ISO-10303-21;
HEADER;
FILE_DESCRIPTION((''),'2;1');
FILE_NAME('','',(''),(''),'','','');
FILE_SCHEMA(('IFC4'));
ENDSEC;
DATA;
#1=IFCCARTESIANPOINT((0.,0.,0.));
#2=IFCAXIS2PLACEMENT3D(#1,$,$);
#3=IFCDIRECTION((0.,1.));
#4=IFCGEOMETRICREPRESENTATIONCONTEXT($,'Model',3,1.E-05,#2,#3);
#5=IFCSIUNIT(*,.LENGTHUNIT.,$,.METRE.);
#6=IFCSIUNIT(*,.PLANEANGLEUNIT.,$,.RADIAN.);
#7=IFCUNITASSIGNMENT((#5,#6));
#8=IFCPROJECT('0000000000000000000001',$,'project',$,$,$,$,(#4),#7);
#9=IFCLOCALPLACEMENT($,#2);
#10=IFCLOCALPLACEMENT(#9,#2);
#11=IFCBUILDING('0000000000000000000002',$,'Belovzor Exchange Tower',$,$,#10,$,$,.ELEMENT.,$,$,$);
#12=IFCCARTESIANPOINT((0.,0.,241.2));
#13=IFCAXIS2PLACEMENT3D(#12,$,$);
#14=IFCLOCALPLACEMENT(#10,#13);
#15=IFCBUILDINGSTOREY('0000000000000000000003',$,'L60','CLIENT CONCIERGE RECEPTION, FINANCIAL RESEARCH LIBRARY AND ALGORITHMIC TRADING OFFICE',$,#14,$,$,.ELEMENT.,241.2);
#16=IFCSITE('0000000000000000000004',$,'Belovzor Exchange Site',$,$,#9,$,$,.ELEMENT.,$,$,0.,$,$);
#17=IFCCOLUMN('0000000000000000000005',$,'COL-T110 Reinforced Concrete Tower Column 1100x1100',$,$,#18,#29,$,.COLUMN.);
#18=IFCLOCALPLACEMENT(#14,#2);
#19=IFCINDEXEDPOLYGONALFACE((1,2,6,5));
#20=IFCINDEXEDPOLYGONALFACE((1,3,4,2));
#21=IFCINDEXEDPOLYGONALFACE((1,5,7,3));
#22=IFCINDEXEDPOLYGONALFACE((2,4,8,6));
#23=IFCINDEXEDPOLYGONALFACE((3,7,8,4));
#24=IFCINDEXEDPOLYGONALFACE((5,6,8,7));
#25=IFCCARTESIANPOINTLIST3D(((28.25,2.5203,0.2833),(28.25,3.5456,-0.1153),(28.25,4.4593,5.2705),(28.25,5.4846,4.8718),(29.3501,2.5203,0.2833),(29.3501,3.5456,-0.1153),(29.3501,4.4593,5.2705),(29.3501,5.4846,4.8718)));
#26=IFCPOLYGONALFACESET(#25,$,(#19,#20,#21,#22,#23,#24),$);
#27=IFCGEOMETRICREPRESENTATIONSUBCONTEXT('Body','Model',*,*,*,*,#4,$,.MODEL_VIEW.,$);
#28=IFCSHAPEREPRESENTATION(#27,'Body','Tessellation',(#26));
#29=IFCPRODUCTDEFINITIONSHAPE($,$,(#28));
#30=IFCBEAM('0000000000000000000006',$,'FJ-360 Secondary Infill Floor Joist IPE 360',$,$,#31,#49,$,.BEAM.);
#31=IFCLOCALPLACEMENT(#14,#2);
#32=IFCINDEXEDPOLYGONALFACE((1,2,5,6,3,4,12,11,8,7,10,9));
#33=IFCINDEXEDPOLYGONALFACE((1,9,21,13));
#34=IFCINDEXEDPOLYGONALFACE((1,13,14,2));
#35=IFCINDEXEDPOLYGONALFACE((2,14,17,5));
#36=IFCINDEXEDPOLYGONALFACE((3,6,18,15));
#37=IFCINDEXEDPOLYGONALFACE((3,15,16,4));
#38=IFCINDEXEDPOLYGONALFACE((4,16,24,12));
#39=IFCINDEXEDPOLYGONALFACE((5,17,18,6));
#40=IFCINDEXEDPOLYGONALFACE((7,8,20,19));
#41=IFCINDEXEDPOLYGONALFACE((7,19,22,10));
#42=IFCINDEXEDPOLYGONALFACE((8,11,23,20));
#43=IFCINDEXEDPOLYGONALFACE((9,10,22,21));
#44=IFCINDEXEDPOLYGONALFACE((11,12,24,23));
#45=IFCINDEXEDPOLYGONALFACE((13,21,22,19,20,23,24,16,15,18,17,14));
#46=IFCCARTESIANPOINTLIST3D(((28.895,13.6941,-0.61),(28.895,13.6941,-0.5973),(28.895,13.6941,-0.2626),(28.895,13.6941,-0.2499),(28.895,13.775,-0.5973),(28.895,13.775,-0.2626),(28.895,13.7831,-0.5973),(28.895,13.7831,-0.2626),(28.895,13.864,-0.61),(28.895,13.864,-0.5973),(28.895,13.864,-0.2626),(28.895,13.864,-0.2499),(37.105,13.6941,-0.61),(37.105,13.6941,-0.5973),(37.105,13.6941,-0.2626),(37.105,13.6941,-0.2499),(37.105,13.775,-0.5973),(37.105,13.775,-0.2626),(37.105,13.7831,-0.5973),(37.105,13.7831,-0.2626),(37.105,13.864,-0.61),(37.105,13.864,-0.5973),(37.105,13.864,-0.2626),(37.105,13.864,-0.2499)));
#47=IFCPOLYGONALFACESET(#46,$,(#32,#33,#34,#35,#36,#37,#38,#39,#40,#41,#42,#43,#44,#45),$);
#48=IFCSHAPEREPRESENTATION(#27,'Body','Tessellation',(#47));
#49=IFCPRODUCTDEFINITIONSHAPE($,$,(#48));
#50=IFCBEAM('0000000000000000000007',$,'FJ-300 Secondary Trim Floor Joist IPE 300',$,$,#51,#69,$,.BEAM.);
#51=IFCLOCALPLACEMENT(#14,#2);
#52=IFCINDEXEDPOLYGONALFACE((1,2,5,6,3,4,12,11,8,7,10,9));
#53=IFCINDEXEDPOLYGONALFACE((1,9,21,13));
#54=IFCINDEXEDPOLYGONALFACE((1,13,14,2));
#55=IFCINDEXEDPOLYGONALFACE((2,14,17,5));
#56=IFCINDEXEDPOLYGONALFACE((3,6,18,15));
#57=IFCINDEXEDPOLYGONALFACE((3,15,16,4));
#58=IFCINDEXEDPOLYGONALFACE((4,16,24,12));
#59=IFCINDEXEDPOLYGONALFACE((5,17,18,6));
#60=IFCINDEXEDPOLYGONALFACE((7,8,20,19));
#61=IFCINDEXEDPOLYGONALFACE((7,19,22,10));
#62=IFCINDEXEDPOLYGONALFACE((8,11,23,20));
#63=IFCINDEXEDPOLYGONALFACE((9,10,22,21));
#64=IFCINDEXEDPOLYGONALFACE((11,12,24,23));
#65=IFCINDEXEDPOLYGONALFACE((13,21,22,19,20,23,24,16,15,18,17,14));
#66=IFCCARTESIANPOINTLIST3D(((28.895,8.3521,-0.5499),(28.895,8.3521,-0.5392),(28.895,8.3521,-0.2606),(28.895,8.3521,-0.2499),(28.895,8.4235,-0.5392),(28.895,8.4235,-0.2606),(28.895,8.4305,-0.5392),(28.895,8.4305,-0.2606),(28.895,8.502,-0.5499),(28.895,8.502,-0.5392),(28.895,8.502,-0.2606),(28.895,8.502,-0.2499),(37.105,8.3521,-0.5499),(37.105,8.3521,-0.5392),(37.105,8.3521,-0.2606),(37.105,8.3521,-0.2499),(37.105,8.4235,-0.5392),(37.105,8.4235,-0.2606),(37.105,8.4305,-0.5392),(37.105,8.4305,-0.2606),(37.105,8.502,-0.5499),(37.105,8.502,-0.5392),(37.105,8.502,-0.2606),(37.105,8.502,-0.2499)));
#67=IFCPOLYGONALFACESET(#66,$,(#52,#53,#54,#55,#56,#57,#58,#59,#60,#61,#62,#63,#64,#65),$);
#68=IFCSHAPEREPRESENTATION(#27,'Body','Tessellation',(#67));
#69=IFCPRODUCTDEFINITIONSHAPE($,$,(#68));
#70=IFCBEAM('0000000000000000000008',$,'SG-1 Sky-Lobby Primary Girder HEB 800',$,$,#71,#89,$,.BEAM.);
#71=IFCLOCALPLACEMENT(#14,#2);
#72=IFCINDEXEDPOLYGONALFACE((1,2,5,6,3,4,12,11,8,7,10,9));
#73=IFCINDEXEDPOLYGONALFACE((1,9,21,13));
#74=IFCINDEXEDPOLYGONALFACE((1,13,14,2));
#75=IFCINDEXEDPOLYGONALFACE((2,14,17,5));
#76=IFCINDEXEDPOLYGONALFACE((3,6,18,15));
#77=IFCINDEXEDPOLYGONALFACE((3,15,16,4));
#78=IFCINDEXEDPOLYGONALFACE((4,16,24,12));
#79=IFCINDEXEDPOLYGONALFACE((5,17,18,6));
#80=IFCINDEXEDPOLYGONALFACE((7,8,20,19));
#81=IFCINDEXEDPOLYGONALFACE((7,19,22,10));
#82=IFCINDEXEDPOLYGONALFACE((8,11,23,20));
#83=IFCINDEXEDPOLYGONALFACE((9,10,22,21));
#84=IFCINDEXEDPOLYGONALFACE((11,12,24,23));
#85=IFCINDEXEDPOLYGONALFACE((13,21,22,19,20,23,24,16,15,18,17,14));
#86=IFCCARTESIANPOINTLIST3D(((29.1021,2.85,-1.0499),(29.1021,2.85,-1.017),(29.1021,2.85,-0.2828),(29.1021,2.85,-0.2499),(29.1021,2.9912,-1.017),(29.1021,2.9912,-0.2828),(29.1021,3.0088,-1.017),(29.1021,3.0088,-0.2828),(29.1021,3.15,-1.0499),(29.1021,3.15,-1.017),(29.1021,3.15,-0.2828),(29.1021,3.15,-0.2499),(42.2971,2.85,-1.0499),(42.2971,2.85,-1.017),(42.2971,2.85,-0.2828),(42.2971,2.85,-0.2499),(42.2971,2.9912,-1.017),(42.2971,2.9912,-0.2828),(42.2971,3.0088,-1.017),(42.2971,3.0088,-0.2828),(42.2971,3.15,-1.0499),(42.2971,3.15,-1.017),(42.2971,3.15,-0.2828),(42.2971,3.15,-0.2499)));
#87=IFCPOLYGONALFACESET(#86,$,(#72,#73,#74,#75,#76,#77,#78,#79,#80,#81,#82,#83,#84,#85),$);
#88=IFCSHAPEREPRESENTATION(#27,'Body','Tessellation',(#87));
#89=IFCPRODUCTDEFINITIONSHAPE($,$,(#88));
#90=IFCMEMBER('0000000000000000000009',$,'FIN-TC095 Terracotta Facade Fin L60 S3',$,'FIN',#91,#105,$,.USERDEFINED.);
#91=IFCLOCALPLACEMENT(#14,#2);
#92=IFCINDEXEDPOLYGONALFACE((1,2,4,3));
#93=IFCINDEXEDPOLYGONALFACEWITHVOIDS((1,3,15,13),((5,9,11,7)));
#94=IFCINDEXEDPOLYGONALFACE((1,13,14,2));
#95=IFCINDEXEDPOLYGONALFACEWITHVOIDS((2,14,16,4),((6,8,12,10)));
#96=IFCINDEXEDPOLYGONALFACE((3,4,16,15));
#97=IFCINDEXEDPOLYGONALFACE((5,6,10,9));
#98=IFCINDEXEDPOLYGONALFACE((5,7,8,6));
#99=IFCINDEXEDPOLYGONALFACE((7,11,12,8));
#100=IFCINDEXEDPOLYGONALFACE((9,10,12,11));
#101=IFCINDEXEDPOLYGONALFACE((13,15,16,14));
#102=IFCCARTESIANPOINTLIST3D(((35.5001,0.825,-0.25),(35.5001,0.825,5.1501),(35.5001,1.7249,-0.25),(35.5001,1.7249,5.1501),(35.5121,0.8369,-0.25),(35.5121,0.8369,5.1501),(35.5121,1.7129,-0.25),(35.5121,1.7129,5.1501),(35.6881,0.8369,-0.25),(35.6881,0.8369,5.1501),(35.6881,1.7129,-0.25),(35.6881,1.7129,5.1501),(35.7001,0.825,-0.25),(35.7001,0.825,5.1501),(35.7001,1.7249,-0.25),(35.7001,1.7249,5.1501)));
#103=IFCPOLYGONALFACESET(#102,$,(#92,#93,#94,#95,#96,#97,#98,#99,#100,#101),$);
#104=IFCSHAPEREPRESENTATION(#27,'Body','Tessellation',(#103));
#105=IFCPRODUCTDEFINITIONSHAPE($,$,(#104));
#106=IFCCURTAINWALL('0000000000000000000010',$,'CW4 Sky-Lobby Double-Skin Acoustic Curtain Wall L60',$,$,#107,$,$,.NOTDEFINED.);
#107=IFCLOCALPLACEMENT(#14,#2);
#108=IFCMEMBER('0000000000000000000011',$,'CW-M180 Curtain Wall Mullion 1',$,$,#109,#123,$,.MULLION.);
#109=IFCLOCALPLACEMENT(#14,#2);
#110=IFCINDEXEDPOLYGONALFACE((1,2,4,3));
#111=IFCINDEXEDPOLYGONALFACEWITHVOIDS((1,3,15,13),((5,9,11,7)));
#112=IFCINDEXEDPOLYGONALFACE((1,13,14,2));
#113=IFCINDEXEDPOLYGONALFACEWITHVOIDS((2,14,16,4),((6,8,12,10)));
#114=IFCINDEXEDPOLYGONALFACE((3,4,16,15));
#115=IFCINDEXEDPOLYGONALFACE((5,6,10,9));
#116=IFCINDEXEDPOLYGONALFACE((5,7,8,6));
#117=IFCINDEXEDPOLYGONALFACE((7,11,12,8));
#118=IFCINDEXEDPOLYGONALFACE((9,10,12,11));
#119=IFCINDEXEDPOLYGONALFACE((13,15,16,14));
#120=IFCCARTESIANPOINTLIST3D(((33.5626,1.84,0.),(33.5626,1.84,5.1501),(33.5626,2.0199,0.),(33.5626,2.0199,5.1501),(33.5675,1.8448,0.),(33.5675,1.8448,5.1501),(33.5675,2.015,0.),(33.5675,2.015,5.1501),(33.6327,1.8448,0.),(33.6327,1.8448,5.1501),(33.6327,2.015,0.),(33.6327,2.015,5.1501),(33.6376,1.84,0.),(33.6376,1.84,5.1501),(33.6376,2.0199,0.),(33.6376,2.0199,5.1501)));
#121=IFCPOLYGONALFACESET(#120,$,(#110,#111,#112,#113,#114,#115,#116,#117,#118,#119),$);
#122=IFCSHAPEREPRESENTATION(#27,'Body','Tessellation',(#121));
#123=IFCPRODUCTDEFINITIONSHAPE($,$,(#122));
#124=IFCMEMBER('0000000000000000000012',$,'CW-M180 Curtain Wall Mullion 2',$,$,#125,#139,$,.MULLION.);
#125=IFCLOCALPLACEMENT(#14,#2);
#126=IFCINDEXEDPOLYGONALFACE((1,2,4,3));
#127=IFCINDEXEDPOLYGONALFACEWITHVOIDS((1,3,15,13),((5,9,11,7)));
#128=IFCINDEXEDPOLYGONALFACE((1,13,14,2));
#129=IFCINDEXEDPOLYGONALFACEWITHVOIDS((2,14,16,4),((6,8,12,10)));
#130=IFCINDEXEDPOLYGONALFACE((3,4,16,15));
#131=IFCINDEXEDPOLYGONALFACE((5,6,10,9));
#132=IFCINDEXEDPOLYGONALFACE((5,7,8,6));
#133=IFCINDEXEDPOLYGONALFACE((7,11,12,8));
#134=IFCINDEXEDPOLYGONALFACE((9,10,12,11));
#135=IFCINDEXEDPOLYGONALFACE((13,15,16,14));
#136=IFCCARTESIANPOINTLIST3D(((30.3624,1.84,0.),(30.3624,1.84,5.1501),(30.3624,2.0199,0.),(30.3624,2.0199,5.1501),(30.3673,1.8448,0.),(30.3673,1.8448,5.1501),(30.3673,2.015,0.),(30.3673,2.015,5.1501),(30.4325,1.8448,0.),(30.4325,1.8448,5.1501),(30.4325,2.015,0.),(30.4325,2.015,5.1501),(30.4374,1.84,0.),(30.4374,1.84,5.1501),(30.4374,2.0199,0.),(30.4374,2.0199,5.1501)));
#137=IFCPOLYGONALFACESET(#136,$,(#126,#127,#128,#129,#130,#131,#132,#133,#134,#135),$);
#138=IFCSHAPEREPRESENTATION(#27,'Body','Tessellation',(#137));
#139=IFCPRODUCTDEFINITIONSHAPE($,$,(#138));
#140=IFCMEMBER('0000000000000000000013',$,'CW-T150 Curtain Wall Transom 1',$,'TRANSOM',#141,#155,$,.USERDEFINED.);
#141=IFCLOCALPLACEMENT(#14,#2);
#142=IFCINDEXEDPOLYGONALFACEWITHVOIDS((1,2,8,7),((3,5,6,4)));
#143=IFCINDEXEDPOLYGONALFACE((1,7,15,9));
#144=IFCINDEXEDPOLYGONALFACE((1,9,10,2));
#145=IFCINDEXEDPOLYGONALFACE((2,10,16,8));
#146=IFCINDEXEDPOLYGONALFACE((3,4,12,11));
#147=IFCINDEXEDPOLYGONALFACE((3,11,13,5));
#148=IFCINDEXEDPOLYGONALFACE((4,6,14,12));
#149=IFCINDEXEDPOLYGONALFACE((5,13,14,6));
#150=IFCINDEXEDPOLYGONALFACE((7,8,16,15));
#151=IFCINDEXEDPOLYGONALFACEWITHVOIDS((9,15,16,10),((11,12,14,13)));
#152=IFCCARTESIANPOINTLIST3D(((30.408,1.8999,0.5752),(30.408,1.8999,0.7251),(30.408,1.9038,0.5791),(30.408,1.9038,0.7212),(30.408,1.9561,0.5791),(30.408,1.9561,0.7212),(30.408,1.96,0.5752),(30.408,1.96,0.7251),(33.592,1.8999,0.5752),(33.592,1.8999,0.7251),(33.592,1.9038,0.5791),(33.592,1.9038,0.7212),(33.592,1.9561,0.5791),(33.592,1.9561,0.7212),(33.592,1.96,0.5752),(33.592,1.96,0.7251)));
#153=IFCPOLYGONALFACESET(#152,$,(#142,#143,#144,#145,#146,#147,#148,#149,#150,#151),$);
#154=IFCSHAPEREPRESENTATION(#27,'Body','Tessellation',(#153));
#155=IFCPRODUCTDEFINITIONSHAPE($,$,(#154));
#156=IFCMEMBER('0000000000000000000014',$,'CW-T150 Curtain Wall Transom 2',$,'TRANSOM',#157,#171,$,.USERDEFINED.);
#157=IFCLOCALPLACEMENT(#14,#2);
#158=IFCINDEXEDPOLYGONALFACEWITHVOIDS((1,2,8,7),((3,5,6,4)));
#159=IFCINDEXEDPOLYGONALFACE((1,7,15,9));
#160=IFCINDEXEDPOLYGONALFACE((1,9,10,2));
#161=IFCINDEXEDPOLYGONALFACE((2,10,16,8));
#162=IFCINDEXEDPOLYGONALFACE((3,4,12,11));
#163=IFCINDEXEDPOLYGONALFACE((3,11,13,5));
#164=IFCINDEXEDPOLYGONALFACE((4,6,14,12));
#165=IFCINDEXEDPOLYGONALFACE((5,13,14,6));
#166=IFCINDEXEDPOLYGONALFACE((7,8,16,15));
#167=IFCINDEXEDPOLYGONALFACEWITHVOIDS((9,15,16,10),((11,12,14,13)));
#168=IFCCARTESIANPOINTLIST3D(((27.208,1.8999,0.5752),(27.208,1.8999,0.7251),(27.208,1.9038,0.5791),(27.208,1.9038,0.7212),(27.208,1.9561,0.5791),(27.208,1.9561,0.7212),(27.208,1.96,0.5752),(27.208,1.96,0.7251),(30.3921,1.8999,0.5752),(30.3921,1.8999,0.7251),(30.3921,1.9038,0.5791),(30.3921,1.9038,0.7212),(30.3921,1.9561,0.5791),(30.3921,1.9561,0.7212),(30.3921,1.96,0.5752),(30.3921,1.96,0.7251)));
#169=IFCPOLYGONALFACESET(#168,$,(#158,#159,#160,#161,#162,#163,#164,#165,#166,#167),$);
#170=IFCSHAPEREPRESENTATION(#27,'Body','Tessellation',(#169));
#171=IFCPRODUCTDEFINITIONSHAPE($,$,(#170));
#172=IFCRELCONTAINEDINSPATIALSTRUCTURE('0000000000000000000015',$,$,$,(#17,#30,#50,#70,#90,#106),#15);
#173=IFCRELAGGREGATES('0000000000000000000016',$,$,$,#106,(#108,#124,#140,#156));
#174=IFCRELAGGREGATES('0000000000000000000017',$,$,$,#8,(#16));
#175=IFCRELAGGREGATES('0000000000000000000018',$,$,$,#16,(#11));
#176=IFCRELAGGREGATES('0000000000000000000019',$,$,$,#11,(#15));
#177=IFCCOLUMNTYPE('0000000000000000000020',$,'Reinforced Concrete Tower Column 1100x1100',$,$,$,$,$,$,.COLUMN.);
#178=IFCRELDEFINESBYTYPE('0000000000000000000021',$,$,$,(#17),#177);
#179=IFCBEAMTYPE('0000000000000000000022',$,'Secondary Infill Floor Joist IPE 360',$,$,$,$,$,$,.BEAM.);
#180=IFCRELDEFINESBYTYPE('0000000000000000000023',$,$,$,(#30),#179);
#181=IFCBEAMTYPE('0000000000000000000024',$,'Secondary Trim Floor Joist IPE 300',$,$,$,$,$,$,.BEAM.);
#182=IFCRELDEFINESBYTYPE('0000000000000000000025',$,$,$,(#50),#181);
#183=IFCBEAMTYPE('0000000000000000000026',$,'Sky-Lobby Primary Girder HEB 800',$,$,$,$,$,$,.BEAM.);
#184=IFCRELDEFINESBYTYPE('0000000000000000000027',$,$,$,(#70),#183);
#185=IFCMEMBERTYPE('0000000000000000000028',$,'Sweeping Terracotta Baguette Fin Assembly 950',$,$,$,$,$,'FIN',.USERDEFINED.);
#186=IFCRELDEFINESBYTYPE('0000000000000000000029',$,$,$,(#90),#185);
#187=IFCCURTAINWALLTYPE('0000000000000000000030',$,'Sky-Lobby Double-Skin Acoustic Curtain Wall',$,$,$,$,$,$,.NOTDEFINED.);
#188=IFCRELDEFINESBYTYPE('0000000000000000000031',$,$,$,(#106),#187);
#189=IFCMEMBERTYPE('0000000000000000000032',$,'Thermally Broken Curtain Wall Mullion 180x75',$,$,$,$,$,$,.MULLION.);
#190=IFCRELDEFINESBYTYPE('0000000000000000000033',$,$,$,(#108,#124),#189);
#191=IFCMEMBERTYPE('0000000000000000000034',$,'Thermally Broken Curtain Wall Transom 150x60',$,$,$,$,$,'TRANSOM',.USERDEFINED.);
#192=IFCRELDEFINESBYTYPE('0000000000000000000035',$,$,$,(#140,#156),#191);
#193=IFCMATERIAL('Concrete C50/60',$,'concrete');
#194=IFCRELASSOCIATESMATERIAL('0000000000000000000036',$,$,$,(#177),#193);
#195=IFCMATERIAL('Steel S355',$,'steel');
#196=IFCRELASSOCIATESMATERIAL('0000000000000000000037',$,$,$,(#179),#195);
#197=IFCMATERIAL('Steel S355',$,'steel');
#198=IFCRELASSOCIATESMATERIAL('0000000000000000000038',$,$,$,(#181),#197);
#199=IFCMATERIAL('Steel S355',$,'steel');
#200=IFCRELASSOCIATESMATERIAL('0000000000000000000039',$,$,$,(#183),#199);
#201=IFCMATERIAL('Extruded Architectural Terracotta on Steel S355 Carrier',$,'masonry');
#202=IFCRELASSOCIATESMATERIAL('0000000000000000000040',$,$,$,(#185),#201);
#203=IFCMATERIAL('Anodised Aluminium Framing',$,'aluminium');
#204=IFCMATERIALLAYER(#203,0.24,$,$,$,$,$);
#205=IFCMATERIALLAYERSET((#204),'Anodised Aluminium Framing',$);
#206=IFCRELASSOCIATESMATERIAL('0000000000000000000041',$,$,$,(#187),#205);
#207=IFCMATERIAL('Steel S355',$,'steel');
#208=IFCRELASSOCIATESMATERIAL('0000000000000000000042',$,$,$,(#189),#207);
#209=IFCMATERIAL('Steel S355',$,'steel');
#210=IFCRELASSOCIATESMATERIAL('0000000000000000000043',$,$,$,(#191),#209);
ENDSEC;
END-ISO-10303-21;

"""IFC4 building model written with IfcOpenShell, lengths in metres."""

from ifc_helpers import new_model, si_unit, direction, frame, origin, origin_2d, place, context, subcontext, project, spatial, rectangle, hollow_rectangle, i_section, extrude, material, layer, layer_set, material_profile, profile_set, type_object, element, aggregate, save


model = new_model("IFC4")

# Units and contexts
model_context = context("Model", 3, precision=1e-05, world=origin(), true_north=direction((0.0, 1.0)))
body_context = subcontext(model_context, "Body", "Model", "MODEL_VIEW")
ifc_project = project(units=[si_unit("LENGTHUNIT", "METRE"), si_unit("PLANEANGLEUNIT", "RADIAN")], contexts=[model_context])

# Site, building, storey
site_placement = place(None, origin())
site = spatial("IfcSite", under=ifc_project, at=site_placement, Name="Belovzor Exchange Site", CompositionType="ELEMENT", RefElevation=0.0)
building_placement = place(site_placement, origin())
building = spatial("IfcBuilding", under=site, at=building_placement, Name="Belovzor Exchange Tower", CompositionType="ELEMENT")
storey_placement = place(building_placement, frame((0.0, 0.0, 241.2)))
storey = spatial("IfcBuildingStorey", under=building, at=storey_placement, Name="L60", Description="CLIENT CONCIERGE RECEPTION, FINANCIAL RESEARCH LIBRARY AND ALGORITHMIC TRADING OFFICE", CompositionType="ELEMENT", Elevation=241.2)

# Column
ifc_material_1 = material(Name="Concrete C50/60", Category="concrete")
ifc_material_profile_1 = material_profile(ifc_material_1, rectangle(XDim=1.1001, YDim=1.1001, at=origin_2d()))
ifc_profile_set_1 = profile_set([ifc_material_profile_1], Name="Concrete C50/60")
column_type = type_object("IfcColumnType", Name="Reinforced Concrete Tower Column 1100x1100", PredefinedType="COLUMN", material=ifc_profile_set_1)
column_placement = place(storey_placement, frame((28.8, 3.033, 0.084), z_axis=(0.0, 0.362374, 0.932033), x_axis=(-1.0, 0.0, 0.0)))
element("IfcColumn", 1, at=column_placement, inside=storey, type_object=column_type, Name="COL-T110 Reinforced Concrete Tower Column 1100x1100", PredefinedType="COLUMN", context=body_context, shape_type="SweptSolid", body=[
    extrude(rectangle(XDim=1.1001, YDim=1.1001, at=origin_2d()), origin(), (0.0, 0.0, 1.0), 5.3508),
])

# Beams
ifc_material_2 = material(Name="Steel S355", Category="steel")
ifc_material_profile_2 = material_profile(ifc_material_2, i_section(OverallWidth=0.1699, OverallDepth=0.3601, WebThickness=0.0081, FlangeThickness=0.0127, at=origin_2d()))
ifc_profile_set_2 = profile_set([ifc_material_profile_2], Name="Steel S355")
beam_type_1 = type_object("IfcBeamType", Name="Secondary Infill Floor Joist IPE 360", PredefinedType="BEAM", material=ifc_profile_set_2)
beam_1_placement = place(storey_placement, frame((28.895, 13.7791, -0.4299), z_axis=(1.0, 0.0, 0.0), x_axis=(0.0, 1.0, 0.0)))
element("IfcBeam", 2, at=beam_1_placement, inside=storey, type_object=beam_type_1, Name="FJ-360 Secondary Infill Floor Joist IPE 360", PredefinedType="BEAM", context=body_context, shape_type="SweptSolid", body=[
    extrude(i_section(OverallWidth=0.1699, OverallDepth=0.3601, WebThickness=0.0081, FlangeThickness=0.0127, at=origin_2d()), origin(), (0.0, 0.0, 1.0), 8.21),
])
ifc_material_3 = material(Name="Steel S355", Category="steel")
ifc_material_profile_3 = material_profile(ifc_material_3, i_section(OverallWidth=0.1499, OverallDepth=0.3, WebThickness=0.0071, FlangeThickness=0.0107, at=origin_2d()))
ifc_profile_set_3 = profile_set([ifc_material_profile_3], Name="Steel S355")
beam_type_2 = type_object("IfcBeamType", Name="Secondary Trim Floor Joist IPE 300", PredefinedType="BEAM", material=ifc_profile_set_3)
beam_2_placement = place(storey_placement, frame((28.895, 8.427, -0.3999), z_axis=(1.0, 0.0, 0.0), x_axis=(0.0, 1.0, 0.0)))
element("IfcBeam", 3, at=beam_2_placement, inside=storey, type_object=beam_type_2, Name="FJ-300 Secondary Trim Floor Joist IPE 300", PredefinedType="BEAM", context=body_context, shape_type="SweptSolid", body=[
    extrude(i_section(OverallWidth=0.1499, OverallDepth=0.3, WebThickness=0.0071, FlangeThickness=0.0107, at=origin_2d()), origin(), (0.0, 0.0, 1.0), 8.21),
])
ifc_material_4 = material(Name="Steel S355", Category="steel")
ifc_material_profile_4 = material_profile(ifc_material_4, i_section(OverallWidth=0.3, OverallDepth=0.8, WebThickness=0.0176, FlangeThickness=0.033, at=origin_2d()))
ifc_profile_set_4 = profile_set([ifc_material_profile_4], Name="Steel S355")
beam_type_3 = type_object("IfcBeamType", Name="Sky-Lobby Primary Girder HEB 800", PredefinedType="BEAM", material=ifc_profile_set_4)
beam_3_placement = place(storey_placement, frame((29.1021, 3.0, -0.6499), z_axis=(1.0, 0.0, 0.0), x_axis=(0.0, 1.0, 0.0)))
element("IfcBeam", 4, at=beam_3_placement, inside=storey, type_object=beam_type_3, Name="SG-1 Sky-Lobby Primary Girder HEB 800", PredefinedType="BEAM", context=body_context, shape_type="SweptSolid", body=[
    extrude(i_section(OverallWidth=0.3, OverallDepth=0.8, WebThickness=0.0176, FlangeThickness=0.033, at=origin_2d()), origin(), (0.0, 0.0, 1.0), 13.1951),
])

# Member
ifc_material_5 = material(Name="Extruded Architectural Terracotta on Steel S355 Carrier", Category="masonry")
ifc_material_profile_5 = material_profile(ifc_material_5, hollow_rectangle(XDim=0.2, YDim=0.8999, WallThickness=0.012, at=origin_2d()))
ifc_profile_set_5 = profile_set([ifc_material_profile_5], Name="Extruded Architectural Terracotta on Steel S355 Carrier")
member_type_1 = type_object("IfcMemberType", Name="Sweeping Terracotta Baguette Fin Assembly 950", ElementType="FIN", PredefinedType="USERDEFINED", material=ifc_profile_set_5)
member_1_placement = place(storey_placement, frame((35.6001, 1.2749, -0.25), z_axis=(0.0, 0.0, 1.0), x_axis=(1.0, 0.0, 0.0)))
element("IfcMember", 5, at=member_1_placement, inside=storey, type_object=member_type_1, Name="FIN-TC095 Terracotta Facade Fin L60 S3", ObjectType="FIN", PredefinedType="USERDEFINED", context=body_context, shape_type="SweptSolid", body=[
    extrude(hollow_rectangle(XDim=0.2, YDim=0.8999, WallThickness=0.012, at=origin_2d()), origin(), (0.0, 0.0, 1.0), 5.4001),
])

# Curtain wall, members
ifc_material_6 = material(Name="Anodised Aluminium Framing", Category="aluminium")
ifc_layer_1 = layer(ifc_material_6, 0.24)
ifc_layer_set_1 = layer_set([ifc_layer_1], Name="Anodised Aluminium Framing")
curtain_wall_type = type_object("IfcCurtainWallType", Name="Sky-Lobby Double-Skin Acoustic Curtain Wall", PredefinedType="NOTDEFINED", material=ifc_layer_set_1)
curtain_wall_placement = place(storey_placement, origin())
curtain_wall = element("IfcCurtainWall", 6, at=curtain_wall_placement, inside=storey, type_object=curtain_wall_type, Name="CW4 Sky-Lobby Double-Skin Acoustic Curtain Wall L60", PredefinedType="NOTDEFINED")
ifc_material_7 = material(Name="Steel S355", Category="steel")
ifc_material_profile_6 = material_profile(ifc_material_7, hollow_rectangle(XDim=0.075, YDim=0.1799, WallThickness=0.0049, at=origin_2d()))
ifc_profile_set_6 = profile_set([ifc_material_profile_6], Name="Steel S355")
member_type_2 = type_object("IfcMemberType", Name="Thermally Broken Curtain Wall Mullion 180x75", PredefinedType="MULLION", material=ifc_profile_set_6)
member_2_placement = place(storey_placement, frame((33.6001, 1.9299, 0.0), z_axis=(0.0, 0.0, 1.0), x_axis=(-1.0, 0.0, 0.0)))
member_2 = element("IfcMember", 7, at=member_2_placement, type_object=member_type_2, Name="CW-M180 Curtain Wall Mullion 1", PredefinedType="MULLION", context=body_context, shape_type="SweptSolid", body=[
    extrude(hollow_rectangle(XDim=0.075, YDim=0.1799, WallThickness=0.0049, at=origin_2d()), origin(), (0.0, 0.0, 1.0), 5.1501),
])
member_3_placement = place(storey_placement, frame((30.3999, 1.9299, 0.0), z_axis=(0.0, 0.0, 1.0), x_axis=(-1.0, 0.0, 0.0)))
member_3 = element("IfcMember", 8, at=member_3_placement, type_object=member_type_2, Name="CW-M180 Curtain Wall Mullion 2", PredefinedType="MULLION", context=body_context, shape_type="SweptSolid", body=[
    extrude(hollow_rectangle(XDim=0.075, YDim=0.1799, WallThickness=0.0049, at=origin_2d()), origin(), (0.0, 0.0, 1.0), 5.1501),
])
ifc_material_8 = material(Name="Steel S355", Category="steel")
ifc_material_profile_7 = material_profile(ifc_material_8, hollow_rectangle(XDim=0.0601, YDim=0.1499, WallThickness=0.0039, at=origin_2d()))
ifc_profile_set_7 = profile_set([ifc_material_profile_7], Name="Steel S355")
member_type_3 = type_object("IfcMemberType", Name="Thermally Broken Curtain Wall Transom 150x60", ElementType="TRANSOM", PredefinedType="USERDEFINED", material=ifc_profile_set_7)
member_4_placement = place(storey_placement, frame((33.592, 1.9299, 0.6501), z_axis=(-1.0, 0.0, 0.0), x_axis=(0.0, -1.0, 0.0)))
member_4 = element("IfcMember", 9, at=member_4_placement, type_object=member_type_3, Name="CW-T150 Curtain Wall Transom 1", ObjectType="TRANSOM", PredefinedType="USERDEFINED", context=body_context, shape_type="SweptSolid", body=[
    extrude(hollow_rectangle(XDim=0.0601, YDim=0.1499, WallThickness=0.0039, at=origin_2d()), origin(), (0.0, 0.0, 1.0), 3.1841),
])
member_5_placement = place(storey_placement, frame((30.3921, 1.9299, 0.6501), z_axis=(-1.0, 0.0, 0.0), x_axis=(0.0, -1.0, 0.0)))
member_5 = element("IfcMember", 10, at=member_5_placement, type_object=member_type_3, Name="CW-T150 Curtain Wall Transom 2", ObjectType="TRANSOM", PredefinedType="USERDEFINED", context=body_context, shape_type="SweptSolid", body=[
    extrude(hollow_rectangle(XDim=0.0601, YDim=0.1499, WallThickness=0.0039, at=origin_2d()), origin(), (0.0, 0.0, 1.0), 3.1841),
])

aggregate(curtain_wall, [member_2, member_3, member_4, member_5])

save(model, "model.ifc")
